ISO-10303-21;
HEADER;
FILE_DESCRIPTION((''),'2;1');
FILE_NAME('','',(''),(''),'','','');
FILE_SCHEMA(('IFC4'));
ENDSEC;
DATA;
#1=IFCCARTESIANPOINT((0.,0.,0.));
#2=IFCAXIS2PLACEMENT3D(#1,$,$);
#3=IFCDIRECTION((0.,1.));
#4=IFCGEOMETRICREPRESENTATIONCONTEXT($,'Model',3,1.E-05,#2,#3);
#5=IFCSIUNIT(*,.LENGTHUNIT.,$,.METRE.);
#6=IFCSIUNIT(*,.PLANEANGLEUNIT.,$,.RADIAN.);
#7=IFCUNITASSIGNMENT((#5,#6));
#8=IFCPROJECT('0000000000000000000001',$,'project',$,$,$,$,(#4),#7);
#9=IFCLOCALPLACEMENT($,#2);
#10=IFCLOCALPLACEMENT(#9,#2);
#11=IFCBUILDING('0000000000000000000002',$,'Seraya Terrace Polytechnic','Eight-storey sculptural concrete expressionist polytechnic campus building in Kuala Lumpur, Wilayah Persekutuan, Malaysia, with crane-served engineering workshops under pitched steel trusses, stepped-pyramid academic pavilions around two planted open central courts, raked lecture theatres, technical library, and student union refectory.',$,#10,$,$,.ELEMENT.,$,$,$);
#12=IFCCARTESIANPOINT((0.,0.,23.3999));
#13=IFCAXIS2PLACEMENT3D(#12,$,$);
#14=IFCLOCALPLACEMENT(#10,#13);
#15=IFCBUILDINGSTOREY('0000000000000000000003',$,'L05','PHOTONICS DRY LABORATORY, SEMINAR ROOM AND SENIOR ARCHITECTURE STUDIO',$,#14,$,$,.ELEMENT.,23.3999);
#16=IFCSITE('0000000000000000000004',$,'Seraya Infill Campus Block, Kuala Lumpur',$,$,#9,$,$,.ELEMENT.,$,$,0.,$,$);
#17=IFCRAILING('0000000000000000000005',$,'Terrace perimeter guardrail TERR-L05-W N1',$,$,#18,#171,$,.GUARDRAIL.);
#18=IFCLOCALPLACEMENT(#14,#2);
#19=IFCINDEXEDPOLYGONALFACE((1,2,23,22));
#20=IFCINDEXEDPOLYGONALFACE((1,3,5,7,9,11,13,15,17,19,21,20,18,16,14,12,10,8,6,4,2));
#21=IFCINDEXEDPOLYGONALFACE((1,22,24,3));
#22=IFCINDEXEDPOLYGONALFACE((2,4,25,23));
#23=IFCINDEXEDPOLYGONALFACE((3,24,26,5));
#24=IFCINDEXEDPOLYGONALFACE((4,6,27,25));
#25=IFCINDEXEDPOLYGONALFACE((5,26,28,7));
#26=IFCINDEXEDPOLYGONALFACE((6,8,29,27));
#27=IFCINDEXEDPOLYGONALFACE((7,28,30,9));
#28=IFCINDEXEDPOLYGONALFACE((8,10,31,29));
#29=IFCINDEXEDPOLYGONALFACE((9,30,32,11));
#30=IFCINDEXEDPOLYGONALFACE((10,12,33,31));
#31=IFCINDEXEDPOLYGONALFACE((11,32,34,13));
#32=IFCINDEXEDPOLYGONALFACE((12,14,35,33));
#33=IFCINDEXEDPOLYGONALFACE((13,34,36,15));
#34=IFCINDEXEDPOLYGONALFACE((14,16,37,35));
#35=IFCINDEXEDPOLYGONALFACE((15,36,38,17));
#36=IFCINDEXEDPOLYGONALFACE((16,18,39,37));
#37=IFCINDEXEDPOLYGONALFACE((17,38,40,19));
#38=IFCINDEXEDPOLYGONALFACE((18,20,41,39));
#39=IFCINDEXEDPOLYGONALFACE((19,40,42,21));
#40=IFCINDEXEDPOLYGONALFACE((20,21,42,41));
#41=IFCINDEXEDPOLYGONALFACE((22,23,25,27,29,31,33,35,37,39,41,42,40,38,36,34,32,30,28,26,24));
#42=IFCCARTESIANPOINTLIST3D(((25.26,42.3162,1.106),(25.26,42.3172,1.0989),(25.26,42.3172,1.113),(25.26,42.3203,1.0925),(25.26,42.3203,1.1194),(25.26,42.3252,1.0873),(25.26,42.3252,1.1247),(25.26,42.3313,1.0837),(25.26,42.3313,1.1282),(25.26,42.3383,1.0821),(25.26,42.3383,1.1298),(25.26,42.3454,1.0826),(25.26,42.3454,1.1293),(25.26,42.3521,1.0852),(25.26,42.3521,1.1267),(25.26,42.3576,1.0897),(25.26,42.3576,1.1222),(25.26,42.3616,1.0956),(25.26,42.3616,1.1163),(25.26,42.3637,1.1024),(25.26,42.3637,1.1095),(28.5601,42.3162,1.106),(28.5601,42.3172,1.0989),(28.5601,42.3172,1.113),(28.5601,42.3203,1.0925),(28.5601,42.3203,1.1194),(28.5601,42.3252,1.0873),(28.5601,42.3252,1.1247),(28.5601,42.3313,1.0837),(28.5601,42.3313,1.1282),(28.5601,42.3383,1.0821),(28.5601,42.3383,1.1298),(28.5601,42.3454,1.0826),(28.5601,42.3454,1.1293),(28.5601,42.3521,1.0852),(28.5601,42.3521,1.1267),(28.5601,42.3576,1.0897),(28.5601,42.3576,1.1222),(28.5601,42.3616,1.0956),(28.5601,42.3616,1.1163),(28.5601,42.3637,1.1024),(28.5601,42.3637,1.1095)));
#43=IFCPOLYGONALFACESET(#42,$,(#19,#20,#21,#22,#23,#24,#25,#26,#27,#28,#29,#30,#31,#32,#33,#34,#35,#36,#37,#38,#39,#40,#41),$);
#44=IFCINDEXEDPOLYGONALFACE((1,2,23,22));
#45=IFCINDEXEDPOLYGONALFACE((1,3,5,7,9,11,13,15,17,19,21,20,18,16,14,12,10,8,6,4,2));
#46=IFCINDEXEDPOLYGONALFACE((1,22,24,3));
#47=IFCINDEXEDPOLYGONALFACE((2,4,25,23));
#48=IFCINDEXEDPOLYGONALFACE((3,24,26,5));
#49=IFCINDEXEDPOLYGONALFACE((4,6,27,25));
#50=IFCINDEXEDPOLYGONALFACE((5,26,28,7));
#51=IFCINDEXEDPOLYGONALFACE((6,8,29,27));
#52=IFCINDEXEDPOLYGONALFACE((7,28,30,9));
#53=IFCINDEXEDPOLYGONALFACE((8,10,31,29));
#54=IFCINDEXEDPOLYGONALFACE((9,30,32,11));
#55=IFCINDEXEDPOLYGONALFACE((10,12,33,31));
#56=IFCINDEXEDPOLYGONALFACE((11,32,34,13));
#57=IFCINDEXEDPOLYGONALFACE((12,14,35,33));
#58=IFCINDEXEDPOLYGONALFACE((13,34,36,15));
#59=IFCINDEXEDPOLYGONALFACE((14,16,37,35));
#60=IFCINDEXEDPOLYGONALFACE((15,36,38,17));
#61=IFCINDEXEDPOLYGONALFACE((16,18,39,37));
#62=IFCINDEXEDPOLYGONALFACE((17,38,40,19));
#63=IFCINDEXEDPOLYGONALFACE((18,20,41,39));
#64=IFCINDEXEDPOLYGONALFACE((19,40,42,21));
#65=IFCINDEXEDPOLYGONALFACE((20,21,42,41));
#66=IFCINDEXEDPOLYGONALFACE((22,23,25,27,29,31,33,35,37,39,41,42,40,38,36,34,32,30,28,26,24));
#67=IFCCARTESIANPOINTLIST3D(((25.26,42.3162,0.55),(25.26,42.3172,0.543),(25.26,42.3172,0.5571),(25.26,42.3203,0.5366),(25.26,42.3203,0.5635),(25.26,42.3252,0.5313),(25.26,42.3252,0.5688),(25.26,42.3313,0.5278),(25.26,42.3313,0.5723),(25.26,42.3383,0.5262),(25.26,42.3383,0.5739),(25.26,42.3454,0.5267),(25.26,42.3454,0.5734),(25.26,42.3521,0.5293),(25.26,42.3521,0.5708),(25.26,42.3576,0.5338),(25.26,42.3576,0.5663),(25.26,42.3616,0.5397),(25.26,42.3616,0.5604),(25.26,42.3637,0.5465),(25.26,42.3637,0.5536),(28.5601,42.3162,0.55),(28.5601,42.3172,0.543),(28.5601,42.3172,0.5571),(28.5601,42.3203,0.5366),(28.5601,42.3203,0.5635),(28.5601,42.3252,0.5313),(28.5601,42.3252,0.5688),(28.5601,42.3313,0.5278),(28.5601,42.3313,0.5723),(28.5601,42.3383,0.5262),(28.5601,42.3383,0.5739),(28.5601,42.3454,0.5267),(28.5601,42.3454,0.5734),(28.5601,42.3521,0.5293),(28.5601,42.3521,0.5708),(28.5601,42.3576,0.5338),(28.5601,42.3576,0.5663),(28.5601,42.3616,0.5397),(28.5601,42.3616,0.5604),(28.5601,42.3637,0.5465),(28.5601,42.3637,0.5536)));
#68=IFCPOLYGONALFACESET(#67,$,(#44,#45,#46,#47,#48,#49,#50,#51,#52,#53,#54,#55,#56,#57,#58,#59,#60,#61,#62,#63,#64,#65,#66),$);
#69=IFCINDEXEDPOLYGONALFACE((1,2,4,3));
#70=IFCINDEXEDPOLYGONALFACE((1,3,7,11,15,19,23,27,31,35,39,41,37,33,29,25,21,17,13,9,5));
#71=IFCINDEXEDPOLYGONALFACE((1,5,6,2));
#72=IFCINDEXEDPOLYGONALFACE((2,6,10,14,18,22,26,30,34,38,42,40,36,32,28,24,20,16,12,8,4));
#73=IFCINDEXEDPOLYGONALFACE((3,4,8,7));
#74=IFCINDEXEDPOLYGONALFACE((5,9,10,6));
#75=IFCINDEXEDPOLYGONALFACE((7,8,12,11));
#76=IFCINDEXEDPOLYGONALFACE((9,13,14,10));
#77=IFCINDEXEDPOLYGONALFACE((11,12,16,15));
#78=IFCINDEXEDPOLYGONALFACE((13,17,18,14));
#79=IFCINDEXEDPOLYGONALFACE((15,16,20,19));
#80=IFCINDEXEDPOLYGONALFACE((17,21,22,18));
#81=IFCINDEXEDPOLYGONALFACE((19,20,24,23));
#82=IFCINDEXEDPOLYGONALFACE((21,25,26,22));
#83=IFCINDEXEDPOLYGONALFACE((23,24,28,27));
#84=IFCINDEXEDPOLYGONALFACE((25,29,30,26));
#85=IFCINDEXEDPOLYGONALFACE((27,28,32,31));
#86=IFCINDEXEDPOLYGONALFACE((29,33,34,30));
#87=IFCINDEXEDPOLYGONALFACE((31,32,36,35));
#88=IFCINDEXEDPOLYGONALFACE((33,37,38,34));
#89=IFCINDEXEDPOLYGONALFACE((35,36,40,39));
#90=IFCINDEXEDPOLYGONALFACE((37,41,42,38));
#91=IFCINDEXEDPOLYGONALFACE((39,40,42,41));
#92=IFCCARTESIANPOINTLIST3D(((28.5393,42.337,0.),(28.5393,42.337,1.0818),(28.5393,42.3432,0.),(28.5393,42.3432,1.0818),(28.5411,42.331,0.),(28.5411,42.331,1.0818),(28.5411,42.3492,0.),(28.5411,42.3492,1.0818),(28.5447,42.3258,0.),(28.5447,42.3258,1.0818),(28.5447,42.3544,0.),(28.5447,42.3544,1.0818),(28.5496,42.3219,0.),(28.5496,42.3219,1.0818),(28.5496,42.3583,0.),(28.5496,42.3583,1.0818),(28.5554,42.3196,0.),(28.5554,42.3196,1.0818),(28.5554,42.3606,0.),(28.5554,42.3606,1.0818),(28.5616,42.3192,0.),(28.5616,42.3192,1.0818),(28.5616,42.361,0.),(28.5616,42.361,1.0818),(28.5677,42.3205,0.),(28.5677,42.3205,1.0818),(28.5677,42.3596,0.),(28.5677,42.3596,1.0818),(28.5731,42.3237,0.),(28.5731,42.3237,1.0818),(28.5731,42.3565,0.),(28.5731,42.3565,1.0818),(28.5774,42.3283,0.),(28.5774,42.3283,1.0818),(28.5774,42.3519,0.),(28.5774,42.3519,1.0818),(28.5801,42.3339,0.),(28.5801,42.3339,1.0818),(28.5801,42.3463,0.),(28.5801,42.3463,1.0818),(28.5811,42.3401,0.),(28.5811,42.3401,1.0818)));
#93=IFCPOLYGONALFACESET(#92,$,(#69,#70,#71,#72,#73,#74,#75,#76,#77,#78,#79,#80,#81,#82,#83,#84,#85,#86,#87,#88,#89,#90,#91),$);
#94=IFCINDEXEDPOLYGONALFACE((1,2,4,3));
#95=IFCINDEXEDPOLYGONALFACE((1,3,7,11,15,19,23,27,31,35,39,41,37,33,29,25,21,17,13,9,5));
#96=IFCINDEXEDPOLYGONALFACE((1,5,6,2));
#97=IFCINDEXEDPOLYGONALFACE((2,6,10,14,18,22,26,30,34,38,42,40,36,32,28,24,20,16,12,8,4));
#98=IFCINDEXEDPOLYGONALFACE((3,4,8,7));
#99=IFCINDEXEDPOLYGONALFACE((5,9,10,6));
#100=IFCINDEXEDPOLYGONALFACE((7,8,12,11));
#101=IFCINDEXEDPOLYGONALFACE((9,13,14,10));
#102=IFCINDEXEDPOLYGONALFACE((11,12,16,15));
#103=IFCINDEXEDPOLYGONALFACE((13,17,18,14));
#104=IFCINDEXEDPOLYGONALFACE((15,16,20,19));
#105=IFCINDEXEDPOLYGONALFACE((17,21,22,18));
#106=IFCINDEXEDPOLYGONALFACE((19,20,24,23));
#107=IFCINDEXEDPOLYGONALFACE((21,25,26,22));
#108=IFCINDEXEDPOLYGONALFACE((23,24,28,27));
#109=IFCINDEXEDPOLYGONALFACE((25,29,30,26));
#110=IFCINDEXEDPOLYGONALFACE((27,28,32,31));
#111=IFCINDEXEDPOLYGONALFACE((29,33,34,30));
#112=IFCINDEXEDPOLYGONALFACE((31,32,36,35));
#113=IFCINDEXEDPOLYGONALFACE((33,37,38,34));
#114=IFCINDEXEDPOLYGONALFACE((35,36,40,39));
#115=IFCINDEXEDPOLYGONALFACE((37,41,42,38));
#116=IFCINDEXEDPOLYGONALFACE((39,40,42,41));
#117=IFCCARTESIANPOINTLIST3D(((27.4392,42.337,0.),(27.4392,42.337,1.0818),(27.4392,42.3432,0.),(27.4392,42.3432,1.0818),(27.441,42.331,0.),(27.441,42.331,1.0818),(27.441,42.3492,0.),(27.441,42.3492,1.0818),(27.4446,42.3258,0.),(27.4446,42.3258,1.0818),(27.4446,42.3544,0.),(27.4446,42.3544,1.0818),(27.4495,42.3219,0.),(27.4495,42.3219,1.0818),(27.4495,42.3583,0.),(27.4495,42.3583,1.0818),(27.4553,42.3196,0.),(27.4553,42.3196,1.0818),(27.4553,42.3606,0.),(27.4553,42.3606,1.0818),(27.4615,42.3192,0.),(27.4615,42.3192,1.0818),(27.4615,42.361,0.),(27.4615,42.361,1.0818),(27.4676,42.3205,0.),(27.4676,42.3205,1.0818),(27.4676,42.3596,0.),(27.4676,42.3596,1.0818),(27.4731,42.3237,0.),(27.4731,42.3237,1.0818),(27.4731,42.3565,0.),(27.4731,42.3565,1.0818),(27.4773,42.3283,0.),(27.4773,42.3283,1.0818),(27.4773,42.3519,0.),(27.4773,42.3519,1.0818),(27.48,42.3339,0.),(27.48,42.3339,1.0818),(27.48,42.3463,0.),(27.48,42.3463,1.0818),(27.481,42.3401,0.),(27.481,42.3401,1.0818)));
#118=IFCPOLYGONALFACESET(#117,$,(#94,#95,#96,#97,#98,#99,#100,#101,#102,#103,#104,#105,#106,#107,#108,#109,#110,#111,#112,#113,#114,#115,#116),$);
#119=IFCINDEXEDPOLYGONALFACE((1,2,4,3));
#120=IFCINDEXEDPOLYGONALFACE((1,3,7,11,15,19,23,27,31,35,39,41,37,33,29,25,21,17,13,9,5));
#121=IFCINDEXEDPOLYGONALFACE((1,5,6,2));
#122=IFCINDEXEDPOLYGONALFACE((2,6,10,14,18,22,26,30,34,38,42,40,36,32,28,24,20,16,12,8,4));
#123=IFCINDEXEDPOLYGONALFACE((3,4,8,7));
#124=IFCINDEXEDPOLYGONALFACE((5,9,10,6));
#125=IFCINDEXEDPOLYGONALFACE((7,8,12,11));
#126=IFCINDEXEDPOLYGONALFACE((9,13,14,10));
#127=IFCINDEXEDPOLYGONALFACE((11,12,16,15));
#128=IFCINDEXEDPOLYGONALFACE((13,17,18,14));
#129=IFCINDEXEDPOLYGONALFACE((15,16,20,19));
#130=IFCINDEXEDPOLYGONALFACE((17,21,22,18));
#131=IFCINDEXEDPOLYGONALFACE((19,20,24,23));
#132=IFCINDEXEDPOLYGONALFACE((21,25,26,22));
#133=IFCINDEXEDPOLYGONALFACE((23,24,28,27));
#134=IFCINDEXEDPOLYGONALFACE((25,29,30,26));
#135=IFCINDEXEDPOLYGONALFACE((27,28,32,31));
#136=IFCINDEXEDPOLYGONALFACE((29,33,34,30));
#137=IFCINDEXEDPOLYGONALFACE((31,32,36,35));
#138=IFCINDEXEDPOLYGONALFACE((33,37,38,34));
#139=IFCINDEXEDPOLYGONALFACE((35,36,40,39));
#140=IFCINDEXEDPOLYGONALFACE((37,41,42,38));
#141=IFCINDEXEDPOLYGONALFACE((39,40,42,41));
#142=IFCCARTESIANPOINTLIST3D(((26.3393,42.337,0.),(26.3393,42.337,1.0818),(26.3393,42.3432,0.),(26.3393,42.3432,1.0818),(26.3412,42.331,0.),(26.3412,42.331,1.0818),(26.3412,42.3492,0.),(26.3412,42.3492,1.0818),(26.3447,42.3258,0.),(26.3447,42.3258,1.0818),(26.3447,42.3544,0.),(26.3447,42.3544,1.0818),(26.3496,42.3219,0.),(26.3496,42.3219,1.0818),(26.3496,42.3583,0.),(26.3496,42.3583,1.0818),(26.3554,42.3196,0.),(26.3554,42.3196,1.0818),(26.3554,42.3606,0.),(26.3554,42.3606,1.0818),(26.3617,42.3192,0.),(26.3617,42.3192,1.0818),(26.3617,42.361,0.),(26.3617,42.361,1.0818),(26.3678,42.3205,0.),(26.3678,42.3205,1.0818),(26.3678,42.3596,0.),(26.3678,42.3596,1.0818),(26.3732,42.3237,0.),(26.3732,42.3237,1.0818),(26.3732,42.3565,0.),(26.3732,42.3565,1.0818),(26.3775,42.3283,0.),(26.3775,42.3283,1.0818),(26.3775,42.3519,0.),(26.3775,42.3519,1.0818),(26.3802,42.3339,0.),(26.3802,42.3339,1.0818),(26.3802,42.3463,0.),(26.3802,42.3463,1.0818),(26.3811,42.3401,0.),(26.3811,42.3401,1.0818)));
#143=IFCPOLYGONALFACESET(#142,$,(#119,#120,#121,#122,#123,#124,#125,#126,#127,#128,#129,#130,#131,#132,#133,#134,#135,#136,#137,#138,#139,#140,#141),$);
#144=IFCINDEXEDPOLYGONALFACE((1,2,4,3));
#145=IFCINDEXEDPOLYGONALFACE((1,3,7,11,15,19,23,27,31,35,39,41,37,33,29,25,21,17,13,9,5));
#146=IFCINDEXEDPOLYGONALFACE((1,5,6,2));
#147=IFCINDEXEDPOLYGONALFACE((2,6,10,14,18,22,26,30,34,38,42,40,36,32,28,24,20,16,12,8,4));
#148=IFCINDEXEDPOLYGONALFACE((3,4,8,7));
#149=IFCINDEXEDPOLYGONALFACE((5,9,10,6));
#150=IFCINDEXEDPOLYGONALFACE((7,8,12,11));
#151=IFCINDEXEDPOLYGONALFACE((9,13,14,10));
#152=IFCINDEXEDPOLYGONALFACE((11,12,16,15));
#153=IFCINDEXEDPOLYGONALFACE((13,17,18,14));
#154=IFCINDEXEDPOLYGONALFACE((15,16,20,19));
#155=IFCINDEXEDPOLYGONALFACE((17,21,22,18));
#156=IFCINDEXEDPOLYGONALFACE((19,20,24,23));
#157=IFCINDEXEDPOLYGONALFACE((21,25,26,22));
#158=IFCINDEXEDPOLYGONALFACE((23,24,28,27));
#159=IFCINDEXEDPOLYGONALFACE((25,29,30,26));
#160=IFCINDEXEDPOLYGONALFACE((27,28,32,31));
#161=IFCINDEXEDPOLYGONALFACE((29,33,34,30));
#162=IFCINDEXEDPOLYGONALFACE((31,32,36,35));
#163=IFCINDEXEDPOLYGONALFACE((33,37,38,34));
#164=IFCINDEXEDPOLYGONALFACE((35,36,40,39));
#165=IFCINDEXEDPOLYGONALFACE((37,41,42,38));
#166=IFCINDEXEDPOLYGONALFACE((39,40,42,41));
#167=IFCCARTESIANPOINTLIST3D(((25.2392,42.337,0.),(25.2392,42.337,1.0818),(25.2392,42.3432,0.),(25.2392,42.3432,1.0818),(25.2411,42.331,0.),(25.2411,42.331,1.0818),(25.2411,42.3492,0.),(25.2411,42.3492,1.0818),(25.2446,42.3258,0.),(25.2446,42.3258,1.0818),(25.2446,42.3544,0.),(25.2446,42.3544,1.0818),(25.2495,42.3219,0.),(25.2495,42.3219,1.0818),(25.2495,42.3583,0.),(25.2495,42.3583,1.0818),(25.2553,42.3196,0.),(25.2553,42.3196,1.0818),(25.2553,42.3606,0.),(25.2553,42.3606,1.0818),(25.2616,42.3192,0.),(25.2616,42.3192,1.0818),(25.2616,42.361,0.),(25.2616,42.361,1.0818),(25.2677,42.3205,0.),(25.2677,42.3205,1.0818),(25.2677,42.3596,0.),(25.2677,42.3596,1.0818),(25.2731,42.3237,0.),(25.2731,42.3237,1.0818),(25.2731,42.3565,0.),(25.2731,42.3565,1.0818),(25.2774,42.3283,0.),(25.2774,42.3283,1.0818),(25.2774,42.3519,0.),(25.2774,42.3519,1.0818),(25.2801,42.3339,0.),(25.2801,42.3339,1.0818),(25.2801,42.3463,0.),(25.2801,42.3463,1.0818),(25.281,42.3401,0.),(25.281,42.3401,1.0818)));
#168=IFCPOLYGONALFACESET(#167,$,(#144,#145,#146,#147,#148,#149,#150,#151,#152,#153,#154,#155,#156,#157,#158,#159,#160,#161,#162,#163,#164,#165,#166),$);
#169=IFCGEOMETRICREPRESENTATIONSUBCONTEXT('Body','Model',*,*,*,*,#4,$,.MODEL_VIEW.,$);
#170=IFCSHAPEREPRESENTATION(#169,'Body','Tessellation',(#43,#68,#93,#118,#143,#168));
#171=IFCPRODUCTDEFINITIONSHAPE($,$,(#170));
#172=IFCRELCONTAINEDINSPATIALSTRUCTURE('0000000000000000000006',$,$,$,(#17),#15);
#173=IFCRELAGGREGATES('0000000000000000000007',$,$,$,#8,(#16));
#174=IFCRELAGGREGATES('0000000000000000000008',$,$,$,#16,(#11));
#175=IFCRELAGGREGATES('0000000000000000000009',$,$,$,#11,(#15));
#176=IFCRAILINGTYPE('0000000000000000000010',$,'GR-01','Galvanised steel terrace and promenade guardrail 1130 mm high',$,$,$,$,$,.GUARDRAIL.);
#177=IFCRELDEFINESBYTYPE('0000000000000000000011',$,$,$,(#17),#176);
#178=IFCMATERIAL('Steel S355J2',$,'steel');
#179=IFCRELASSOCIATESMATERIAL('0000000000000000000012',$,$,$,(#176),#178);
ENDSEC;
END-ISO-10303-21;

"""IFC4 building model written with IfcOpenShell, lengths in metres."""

from ifc_helpers import new_model, si_unit, direction, frame, origin, origin_2d, place, context, subcontext, project, spatial, circle, extrude, material, type_object, element, save


model = new_model("IFC4")

# Units and contexts
model_context = context("Model", 3, precision=1e-05, world=origin(), true_north=direction((0.0, 1.0)))
body_context = subcontext(model_context, "Body", "Model", "MODEL_VIEW")
ifc_project = project(units=[si_unit("LENGTHUNIT", "METRE"), si_unit("PLANEANGLEUNIT", "RADIAN")], contexts=[model_context])

# Site, building, storey
site_placement = place(None, origin())
site = spatial("IfcSite", under=ifc_project, at=site_placement, Name="Seraya Infill Campus Block, Kuala Lumpur", CompositionType="ELEMENT", RefElevation=0.0)
building_placement = place(site_placement, origin())
building = spatial("IfcBuilding", under=site, at=building_placement, Name="Seraya Terrace Polytechnic", Description="Eight-storey sculptural concrete expressionist polytechnic campus building in Kuala Lumpur, Wilayah Persekutuan, Malaysia, with crane-served engineering workshops under pitched steel trusses, stepped-pyramid academic pavilions around two planted open central courts, raked lecture theatres, technical library, and student union refectory.", CompositionType="ELEMENT")
storey_placement = place(building_placement, frame((0.0, 0.0, 23.3999)))
storey = spatial("IfcBuildingStorey", under=building, at=storey_placement, Name="L05", Description="PHOTONICS DRY LABORATORY, SEMINAR ROOM AND SENIOR ARCHITECTURE STUDIO", CompositionType="ELEMENT", Elevation=23.3999)

# Shared definitions
ifc_material_1 = material(Name="Steel S355J2", Category="steel")

# Railing
railing_type_1 = type_object("IfcRailingType", Name="GR-01", Description="Galvanised steel terrace and promenade guardrail 1130 mm high", PredefinedType="GUARDRAIL", material=ifc_material_1)
railing_1_placement = place(storey_placement, frame((28.5601, 42.3401, 0.0)))
element("IfcRailing", 1, at=railing_1_placement, inside=storey, type_object=railing_type_1, Name="Terrace perimeter guardrail TERR-L05-W N1", PredefinedType="GUARDRAIL", context=body_context, shape_type="SweptSolid", body=[
    extrude(circle(Radius=0.0239, at=origin_2d()), frame((0.0, 0.0, 1.106), z_axis=(-1.0, 0.0, 0.0), x_axis=(0.0, -1.0, 0.0)), (0.0, 0.0, 1.0), 3.3),
    extrude(circle(Radius=0.0239, at=origin_2d()), frame((0.0, 0.0, 0.55), z_axis=(-1.0, 0.0, 0.0), x_axis=(0.0, -1.0, 0.0)), (0.0, 0.0, 1.0), 3.3),
    extrude(circle(Radius=0.021, at=origin_2d()), origin(), (0.0, 0.0, 1.0), 1.0818),
    extrude(circle(Radius=0.021, at=origin_2d()), frame((-1.1001, 0.0, 0.0)), (0.0, 0.0, 1.0), 1.0818),
    extrude(circle(Radius=0.021, at=origin_2d()), frame((-2.2, 0.0, 0.0)), (0.0, 0.0, 1.0), 1.0818),
    extrude(circle(Radius=0.021, at=origin_2d()), frame((-3.3, 0.0, 0.0)), (0.0, 0.0, 1.0), 1.0818),
])

save(model, "model.ifc")
